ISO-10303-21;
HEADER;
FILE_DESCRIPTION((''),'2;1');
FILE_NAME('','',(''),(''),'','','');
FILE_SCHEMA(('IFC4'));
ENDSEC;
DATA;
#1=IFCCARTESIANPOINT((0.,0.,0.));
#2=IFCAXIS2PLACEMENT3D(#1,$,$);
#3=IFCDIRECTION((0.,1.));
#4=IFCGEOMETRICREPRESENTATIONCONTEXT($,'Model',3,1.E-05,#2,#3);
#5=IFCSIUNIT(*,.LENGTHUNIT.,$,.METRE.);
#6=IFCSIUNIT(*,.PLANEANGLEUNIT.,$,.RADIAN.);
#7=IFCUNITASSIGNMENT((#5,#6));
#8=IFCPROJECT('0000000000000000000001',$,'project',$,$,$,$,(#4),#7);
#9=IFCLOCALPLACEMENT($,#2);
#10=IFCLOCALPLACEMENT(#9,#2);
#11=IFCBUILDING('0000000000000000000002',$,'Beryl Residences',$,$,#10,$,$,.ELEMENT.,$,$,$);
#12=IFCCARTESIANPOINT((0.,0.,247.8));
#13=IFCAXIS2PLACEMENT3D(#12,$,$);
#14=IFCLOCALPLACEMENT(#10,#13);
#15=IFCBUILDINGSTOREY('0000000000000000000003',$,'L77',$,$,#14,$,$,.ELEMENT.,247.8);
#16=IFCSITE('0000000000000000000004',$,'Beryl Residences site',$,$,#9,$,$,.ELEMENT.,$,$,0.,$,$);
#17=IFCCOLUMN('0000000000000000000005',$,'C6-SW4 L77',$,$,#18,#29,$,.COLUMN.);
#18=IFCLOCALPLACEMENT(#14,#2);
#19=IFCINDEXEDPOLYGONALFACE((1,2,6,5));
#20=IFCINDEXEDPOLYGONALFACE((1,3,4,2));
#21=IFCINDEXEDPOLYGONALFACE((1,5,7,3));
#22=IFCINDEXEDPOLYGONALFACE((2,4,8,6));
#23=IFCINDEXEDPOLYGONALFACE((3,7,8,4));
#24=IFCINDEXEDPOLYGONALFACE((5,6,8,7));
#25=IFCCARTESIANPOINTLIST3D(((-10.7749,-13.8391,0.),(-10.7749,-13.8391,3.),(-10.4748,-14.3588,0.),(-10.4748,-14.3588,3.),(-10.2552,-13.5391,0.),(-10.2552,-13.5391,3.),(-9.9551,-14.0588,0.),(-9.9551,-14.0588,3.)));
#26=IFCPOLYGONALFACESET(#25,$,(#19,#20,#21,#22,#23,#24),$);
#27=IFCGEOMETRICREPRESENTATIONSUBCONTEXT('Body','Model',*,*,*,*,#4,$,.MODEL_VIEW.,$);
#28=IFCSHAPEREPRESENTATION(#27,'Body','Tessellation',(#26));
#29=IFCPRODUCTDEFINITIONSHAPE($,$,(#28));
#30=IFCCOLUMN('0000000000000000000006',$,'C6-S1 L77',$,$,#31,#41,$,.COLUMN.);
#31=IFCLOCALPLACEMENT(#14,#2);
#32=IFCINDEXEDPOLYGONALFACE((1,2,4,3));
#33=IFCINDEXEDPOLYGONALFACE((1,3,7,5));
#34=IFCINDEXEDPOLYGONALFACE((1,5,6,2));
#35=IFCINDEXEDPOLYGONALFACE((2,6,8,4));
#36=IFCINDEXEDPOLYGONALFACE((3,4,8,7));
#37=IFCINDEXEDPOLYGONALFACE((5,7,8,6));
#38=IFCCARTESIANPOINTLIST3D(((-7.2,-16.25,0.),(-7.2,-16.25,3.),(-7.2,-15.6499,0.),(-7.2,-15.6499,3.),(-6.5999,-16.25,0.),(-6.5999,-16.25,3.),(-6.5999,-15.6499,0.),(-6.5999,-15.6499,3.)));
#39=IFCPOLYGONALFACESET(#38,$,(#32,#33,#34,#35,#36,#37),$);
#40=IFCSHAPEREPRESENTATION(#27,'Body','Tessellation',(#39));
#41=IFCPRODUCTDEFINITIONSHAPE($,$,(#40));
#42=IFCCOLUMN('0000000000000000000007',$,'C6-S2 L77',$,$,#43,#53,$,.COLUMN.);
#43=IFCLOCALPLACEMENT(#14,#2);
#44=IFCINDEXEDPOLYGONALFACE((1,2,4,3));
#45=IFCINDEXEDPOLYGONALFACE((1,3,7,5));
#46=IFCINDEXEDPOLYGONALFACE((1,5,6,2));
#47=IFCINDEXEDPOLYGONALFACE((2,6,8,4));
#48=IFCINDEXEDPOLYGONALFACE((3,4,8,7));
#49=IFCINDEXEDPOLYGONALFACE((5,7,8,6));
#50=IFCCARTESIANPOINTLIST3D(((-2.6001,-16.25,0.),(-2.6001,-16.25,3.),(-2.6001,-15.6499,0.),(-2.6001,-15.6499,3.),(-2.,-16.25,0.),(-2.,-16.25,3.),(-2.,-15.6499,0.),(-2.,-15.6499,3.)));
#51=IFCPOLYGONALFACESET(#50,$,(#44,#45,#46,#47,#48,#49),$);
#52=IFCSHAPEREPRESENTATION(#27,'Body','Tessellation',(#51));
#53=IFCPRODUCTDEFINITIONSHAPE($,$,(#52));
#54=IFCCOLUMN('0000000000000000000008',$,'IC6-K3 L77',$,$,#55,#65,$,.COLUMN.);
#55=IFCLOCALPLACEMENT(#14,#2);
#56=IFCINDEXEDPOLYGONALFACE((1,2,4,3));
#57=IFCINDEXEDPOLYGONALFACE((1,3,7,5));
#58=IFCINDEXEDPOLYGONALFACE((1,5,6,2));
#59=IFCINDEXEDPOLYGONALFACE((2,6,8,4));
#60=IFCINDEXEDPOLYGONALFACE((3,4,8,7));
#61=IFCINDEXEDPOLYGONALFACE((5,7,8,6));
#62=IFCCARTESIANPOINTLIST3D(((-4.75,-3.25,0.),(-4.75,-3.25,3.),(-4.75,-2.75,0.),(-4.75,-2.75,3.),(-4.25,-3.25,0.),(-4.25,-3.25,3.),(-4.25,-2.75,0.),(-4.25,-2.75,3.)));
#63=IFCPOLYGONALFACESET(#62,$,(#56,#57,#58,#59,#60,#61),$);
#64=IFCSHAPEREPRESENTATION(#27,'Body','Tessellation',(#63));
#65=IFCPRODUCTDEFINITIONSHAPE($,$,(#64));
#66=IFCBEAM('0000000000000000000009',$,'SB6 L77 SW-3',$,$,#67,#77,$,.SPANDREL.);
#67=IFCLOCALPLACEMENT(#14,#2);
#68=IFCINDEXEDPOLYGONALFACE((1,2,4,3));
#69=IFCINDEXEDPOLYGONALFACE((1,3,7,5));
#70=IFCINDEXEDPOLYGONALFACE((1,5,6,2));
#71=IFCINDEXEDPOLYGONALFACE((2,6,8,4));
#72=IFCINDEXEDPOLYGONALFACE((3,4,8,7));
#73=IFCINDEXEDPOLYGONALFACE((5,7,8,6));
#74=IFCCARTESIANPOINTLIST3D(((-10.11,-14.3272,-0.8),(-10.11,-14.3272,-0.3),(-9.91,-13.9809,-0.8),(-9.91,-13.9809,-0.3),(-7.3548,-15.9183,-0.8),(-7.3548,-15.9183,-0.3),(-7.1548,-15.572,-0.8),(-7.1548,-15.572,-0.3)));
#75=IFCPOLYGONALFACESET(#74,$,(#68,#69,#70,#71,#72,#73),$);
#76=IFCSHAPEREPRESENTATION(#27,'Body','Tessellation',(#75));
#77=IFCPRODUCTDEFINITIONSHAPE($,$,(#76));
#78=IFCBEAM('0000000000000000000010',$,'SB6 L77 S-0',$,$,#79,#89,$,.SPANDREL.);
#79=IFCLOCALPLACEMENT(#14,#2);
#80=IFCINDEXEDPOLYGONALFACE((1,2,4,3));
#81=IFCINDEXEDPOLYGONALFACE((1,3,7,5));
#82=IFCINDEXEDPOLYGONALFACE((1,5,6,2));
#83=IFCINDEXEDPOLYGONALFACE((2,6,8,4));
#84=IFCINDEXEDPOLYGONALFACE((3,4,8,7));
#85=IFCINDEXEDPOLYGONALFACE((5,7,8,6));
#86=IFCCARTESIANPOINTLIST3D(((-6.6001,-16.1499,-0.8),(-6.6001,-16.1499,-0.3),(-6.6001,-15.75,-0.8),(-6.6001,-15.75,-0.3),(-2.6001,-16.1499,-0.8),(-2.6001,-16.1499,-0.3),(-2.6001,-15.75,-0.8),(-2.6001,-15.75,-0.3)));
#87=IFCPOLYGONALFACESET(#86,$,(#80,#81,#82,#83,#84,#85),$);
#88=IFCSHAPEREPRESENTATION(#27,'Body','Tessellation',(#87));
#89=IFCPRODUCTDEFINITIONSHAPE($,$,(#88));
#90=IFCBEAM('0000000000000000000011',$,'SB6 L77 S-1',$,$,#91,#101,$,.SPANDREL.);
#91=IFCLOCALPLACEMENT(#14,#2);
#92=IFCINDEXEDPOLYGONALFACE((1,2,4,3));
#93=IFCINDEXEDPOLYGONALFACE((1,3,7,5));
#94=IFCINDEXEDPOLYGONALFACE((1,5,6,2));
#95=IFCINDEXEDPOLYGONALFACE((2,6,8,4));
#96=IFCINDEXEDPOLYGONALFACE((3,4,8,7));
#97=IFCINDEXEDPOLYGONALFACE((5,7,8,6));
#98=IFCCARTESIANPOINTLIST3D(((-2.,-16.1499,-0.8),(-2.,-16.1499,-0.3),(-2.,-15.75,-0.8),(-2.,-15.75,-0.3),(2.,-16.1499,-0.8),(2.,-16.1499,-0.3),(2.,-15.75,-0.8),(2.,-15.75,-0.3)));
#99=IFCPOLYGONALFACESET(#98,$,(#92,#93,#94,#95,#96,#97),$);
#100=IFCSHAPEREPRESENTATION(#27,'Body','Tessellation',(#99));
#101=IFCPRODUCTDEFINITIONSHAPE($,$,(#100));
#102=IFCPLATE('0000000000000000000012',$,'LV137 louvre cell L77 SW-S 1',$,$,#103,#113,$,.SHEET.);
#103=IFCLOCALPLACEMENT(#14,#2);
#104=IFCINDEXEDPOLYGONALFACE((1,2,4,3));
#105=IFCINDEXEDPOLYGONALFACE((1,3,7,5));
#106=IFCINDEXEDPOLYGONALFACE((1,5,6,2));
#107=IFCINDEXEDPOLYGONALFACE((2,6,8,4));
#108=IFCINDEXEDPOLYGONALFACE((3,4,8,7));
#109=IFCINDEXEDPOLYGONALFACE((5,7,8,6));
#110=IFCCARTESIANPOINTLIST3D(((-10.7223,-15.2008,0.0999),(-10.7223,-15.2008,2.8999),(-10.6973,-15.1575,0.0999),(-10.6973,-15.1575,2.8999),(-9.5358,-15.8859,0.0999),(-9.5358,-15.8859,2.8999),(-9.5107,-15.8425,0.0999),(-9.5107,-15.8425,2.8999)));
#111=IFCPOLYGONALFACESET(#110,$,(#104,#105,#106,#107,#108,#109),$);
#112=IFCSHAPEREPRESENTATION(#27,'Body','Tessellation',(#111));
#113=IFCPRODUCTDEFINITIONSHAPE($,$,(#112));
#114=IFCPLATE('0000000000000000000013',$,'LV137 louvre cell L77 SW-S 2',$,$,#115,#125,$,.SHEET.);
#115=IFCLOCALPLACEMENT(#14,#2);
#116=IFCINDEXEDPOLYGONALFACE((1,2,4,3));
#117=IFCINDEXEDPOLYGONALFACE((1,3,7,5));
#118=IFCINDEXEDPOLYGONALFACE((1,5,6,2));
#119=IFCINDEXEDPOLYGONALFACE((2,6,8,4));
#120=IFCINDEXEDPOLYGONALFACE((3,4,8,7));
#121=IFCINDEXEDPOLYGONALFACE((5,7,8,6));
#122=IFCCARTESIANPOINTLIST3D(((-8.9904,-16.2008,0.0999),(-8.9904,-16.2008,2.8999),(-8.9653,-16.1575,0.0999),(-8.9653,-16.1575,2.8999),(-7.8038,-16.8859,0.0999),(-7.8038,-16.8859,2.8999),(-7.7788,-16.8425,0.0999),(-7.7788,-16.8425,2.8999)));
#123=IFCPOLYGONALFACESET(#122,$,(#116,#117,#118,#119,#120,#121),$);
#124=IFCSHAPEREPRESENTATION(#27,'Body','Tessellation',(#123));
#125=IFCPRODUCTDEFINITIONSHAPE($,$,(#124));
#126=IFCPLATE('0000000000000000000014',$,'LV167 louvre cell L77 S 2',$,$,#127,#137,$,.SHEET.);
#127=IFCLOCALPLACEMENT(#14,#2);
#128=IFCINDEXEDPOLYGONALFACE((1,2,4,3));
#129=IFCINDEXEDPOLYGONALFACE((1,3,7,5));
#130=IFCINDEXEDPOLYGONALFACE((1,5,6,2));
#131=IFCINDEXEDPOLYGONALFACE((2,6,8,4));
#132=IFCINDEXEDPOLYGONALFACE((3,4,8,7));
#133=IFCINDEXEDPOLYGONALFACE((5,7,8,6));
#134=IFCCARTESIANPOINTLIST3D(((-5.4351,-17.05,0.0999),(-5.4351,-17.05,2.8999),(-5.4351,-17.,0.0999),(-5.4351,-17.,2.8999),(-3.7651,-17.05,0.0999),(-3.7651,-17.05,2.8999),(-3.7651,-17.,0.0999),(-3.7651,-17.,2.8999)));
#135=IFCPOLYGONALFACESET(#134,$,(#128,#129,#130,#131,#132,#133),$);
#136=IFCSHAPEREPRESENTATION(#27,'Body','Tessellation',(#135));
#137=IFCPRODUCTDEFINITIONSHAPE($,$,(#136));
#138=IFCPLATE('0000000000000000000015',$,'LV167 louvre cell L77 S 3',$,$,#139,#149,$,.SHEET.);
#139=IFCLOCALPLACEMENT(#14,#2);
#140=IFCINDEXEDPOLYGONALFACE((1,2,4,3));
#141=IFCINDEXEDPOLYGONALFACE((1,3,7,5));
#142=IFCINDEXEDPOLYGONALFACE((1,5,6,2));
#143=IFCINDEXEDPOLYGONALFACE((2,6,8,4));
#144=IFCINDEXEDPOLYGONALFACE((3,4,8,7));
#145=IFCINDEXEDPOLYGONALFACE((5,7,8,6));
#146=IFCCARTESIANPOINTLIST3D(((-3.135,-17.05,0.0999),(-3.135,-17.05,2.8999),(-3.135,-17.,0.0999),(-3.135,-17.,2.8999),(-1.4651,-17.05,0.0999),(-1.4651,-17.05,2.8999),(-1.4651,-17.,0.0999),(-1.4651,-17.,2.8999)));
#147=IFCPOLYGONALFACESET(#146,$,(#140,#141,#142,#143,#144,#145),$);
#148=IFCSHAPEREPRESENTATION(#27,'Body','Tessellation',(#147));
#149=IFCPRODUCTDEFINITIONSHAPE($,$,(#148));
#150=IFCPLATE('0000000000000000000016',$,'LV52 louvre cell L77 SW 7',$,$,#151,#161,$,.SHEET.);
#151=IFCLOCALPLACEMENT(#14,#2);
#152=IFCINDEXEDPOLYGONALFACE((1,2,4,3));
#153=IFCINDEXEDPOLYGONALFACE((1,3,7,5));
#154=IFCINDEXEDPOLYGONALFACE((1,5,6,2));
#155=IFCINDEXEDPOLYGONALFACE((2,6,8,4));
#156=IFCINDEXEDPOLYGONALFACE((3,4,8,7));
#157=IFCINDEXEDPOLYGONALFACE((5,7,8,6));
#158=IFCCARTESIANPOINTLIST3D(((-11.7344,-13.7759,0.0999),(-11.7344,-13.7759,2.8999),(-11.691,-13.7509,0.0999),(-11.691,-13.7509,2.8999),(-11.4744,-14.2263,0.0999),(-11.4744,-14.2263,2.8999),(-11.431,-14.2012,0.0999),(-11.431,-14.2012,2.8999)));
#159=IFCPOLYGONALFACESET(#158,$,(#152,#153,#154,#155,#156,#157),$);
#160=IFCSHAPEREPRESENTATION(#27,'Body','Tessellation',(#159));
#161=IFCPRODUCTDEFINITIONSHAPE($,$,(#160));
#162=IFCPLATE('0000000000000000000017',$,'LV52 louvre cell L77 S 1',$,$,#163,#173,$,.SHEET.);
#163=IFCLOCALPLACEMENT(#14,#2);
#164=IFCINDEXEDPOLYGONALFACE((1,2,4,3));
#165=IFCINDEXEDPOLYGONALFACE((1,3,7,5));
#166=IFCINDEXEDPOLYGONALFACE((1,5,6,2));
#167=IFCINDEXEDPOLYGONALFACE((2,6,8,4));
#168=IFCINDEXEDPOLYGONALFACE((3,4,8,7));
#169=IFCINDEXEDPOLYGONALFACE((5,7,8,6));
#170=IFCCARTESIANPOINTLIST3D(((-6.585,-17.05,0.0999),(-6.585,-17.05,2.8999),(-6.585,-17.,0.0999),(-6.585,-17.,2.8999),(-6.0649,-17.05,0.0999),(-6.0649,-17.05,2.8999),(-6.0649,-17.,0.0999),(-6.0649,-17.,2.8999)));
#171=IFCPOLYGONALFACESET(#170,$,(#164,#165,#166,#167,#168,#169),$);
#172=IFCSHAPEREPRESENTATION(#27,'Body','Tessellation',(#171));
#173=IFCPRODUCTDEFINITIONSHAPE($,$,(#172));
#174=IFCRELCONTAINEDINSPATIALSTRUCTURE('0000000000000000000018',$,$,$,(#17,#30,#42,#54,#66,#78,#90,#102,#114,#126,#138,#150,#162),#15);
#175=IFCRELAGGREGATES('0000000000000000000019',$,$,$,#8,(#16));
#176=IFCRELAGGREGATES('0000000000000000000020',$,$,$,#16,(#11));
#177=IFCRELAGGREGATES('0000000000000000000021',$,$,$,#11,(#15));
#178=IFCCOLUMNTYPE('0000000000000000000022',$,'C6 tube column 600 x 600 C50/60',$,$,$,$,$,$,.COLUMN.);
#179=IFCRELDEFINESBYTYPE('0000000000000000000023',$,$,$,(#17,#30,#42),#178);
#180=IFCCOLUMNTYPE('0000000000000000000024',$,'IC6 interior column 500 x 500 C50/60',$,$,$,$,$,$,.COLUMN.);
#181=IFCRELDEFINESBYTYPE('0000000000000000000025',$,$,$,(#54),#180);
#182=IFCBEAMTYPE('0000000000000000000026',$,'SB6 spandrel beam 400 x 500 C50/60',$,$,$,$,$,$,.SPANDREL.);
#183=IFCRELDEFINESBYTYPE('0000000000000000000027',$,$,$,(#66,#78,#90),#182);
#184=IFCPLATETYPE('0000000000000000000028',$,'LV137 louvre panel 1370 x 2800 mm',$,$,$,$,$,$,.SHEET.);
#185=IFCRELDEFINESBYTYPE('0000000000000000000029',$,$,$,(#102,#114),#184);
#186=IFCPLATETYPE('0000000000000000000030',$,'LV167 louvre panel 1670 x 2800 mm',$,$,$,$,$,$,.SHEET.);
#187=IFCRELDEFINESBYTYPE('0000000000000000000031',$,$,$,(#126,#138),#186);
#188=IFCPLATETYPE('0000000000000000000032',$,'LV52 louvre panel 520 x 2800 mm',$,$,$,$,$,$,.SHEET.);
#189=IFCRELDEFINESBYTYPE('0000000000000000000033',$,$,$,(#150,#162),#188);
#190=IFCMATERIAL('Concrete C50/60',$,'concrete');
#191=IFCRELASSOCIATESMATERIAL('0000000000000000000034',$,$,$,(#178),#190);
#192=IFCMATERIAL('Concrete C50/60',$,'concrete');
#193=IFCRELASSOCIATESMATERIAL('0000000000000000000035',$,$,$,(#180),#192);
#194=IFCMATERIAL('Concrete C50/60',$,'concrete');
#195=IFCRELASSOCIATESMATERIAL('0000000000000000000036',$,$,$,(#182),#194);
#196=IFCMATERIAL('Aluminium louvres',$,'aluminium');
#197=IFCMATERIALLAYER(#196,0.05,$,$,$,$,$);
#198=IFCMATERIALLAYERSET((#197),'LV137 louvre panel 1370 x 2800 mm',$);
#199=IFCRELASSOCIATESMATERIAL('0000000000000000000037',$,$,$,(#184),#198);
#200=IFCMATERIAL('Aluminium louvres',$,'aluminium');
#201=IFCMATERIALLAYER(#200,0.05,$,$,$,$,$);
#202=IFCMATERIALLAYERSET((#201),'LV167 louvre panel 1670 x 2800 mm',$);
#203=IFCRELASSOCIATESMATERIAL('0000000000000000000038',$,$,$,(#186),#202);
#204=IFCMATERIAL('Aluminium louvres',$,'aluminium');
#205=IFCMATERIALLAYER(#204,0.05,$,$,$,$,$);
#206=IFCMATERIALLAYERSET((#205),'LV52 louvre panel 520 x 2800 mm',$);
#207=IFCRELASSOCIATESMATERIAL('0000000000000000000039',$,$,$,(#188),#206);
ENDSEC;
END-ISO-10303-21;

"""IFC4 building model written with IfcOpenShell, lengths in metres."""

from ifc_helpers import new_model, si_unit, direction, frame, origin, origin_2d, place, context, subcontext, project, spatial, polyline, rectangle, outline, extrude, source, transform, mapped, material, layer, layer_set, material_profile, profile_set, type_object, type_shapes, element, save


model = new_model("IFC4")

# Units and contexts
model_context = context("Model", 3, precision=1e-05, world=origin(), true_north=direction((0.0, 1.0)))
body_context = subcontext(model_context, "Body", "Model", "MODEL_VIEW")
ifc_project = project(units=[si_unit("LENGTHUNIT", "METRE"), si_unit("PLANEANGLEUNIT", "RADIAN")], contexts=[model_context])

# Site, building, storey
site_placement = place(None, origin())
site = spatial("IfcSite", under=ifc_project, at=site_placement, Name="Beryl Residences site", CompositionType="ELEMENT", RefElevation=0.0)
building_placement = place(site_placement, origin())
building = spatial("IfcBuilding", under=site, at=building_placement, Name="Beryl Residences", CompositionType="ELEMENT")
storey_placement = place(building_placement, frame((0.0, 0.0, 247.8)))
storey = spatial("IfcBuildingStorey", under=building, at=storey_placement, Name="L77", CompositionType="ELEMENT", Elevation=247.8)

# Columns
ifc_material_1 = material(Name="Concrete C50/60", Category="concrete")
ifc_material_profile_1 = material_profile(ifc_material_1, rectangle(XDim=0.6001, YDim=0.6001, at=origin_2d()))
ifc_profile_set_1 = profile_set([ifc_material_profile_1], Name="Concrete C50/60")
column_type_1 = type_object("IfcColumnType", Name="C6 tube column 600 x 600 C50/60", PredefinedType="COLUMN", material=ifc_profile_set_1)
for number, where, z_axis, x_axis, name in (
    (1, (-10.365, -13.949, 0.0), (0.0, 0.0, 1.0), (0.5, -0.866025, 0.0), "C6-SW4 L77"),
    (2, (-6.8999, -15.95, 0.0), (0.0, 0.0, 1.0), (1.0, 0.0, 0.0), "C6-S1 L77"),
    (3, (-2.3, -15.95, 0.0), (0.0, 0.0, 1.0), (1.0, 0.0, 0.0), "C6-S2 L77"),
):
    element("IfcColumn", number, at=place(storey_placement, frame(where, z_axis=z_axis, x_axis=x_axis)), inside=storey, type_object=column_type_1, Name=name, PredefinedType="COLUMN", context=body_context, shape_type="SweptSolid", body=[
        extrude(rectangle(XDim=0.6001, YDim=0.6001, at=origin_2d()), origin(), (0.0, 0.0, 1.0), 3.0),
    ])
ifc_material_2 = material(Name="Concrete C50/60", Category="concrete")
ifc_material_profile_2 = material_profile(ifc_material_2, rectangle(XDim=0.5, YDim=0.5, at=origin_2d()))
ifc_profile_set_2 = profile_set([ifc_material_profile_2], Name="Concrete C50/60")
column_type_2 = type_object("IfcColumnType", Name="IC6 interior column 500 x 500 C50/60", PredefinedType="COLUMN", material=ifc_profile_set_2)
column_placement = place(storey_placement, frame((-4.5, -3.0, 0.0), z_axis=(0.0, 0.0, 1.0), x_axis=(1.0, 0.0, 0.0)))
element("IfcColumn", 4, at=column_placement, inside=storey, type_object=column_type_2, Name="IC6-K3 L77", PredefinedType="COLUMN", context=body_context, shape_type="SweptSolid", body=[
    extrude(rectangle(XDim=0.5, YDim=0.5, at=origin_2d()), origin(), (0.0, 0.0, 1.0), 3.0),
])

# Beams
ifc_material_3 = material(Name="Concrete C50/60", Category="concrete")
ifc_material_profile_3 = material_profile(ifc_material_3, rectangle(XDim=0.3999, YDim=0.5, at=origin_2d()))
ifc_profile_set_3 = profile_set([ifc_material_profile_3], Name="Concrete C50/60")
beam_type = type_object("IfcBeamType", Name="SB6 spandrel beam 400 x 500 C50/60", PredefinedType="SPANDREL", material=ifc_profile_set_3)
beam_placement = place(storey_placement, frame((-10.01, -14.1541, -0.55), z_axis=(0.865972, -0.500092, 0.0), x_axis=(0.500092, 0.865972, 0.0)))
element("IfcBeam", 5, at=beam_placement, inside=storey, type_object=beam_type, Name="SB6 L77 SW-3", PredefinedType="SPANDREL", context=body_context, shape_type="SweptSolid", body=[
    extrude(rectangle(XDim=0.3999, YDim=0.5, at=origin_2d()), origin(), (0.0, 0.0, 1.0), 3.1816),
])
for number, where, z_axis, x_axis, name in (
    (6, (-6.6001, -15.95, -0.55), (1.0, 0.0, 0.0), (0.0, 1.0, 0.0), "SB6 L77 S-0"),
    (7, (-2.0, -15.95, -0.55), (1.0, 0.0, 0.0), (0.0, 1.0, 0.0), "SB6 L77 S-1"),
):
    element("IfcBeam", number, at=place(storey_placement, frame(where, z_axis=z_axis, x_axis=x_axis)), inside=storey, type_object=beam_type, Name=name, PredefinedType="SPANDREL", context=body_context, shape_type="SweptSolid", body=[
        extrude(rectangle(XDim=0.3999, YDim=0.5, at=origin_2d()), origin(), (0.0, 0.0, 1.0), 4.0),
    ])

# Plates
ifc_material_4 = material(Name="Aluminium louvres", Category="aluminium")
ifc_layer_1 = layer(ifc_material_4, 0.05)
ifc_layer_set_1 = layer_set([ifc_layer_1], Name="LV137 louvre panel 1370 x 2800 mm")
plate_type_1 = type_object("IfcPlateType", Name="LV137 louvre panel 1370 x 2800 mm", PredefinedType="SHEET", material=ifc_layer_set_1)
shared_shape_1 = source(origin(), body_context, "Body", "SweptSolid", [
    extrude(outline(polyline([(-0.6851, 0.0), (0.6851, 0.0), (0.6851, 0.05), (-0.6851, 0.05), (-0.6851, 0.0)])), origin(), (0.0, 0.0, 1.0), 2.8),
])
type_shapes(plate_type_1, [shared_shape_1])
for number, where, z_axis, x_axis, name in (
    (8, (-10.104, -15.5, 0.0999), (0.0, 0.0, 1.0), (-0.866025, 0.5, 0.0), "LV137 louvre cell L77 SW-S 1"),
    (9, (-8.3721, -16.5, 0.0999), (0.0, 0.0, 1.0), (-0.866025, 0.5, 0.0), "LV137 louvre cell L77 SW-S 2"),
):
    element("IfcPlate", number, at=place(storey_placement, frame(where, z_axis=z_axis, x_axis=x_axis)), inside=storey, type_object=plate_type_1, Name=name, PredefinedType="SHEET", context=body_context, shape_type="MappedRepresentation", body=[
        mapped(shared_shape_1, transform((0.0, 0.0, 0.0))),
    ])
ifc_material_5 = material(Name="Aluminium louvres", Category="aluminium")
ifc_layer_2 = layer(ifc_material_5, 0.05)
ifc_layer_set_2 = layer_set([ifc_layer_2], Name="LV167 louvre panel 1670 x 2800 mm")
plate_type_2 = type_object("IfcPlateType", Name="LV167 louvre panel 1670 x 2800 mm", PredefinedType="SHEET", material=ifc_layer_set_2)
shared_shape_2 = source(origin(), body_context, "Body", "SweptSolid", [
    extrude(outline(polyline([(-0.835, 0.0), (0.835, 0.0), (0.835, 0.05), (-0.835, 0.05), (-0.835, 0.0)])), origin(), (0.0, 0.0, 1.0), 2.8),
])
type_shapes(plate_type_2, [shared_shape_2])
for number, where, z_axis, x_axis, name in (
    (10, (-4.6001, -17.0, 0.0999), (0.0, 0.0, 1.0), (-1.0, 0.0, 0.0), "LV167 louvre cell L77 S 2"),
    (11, (-2.3, -17.0, 0.0999), (0.0, 0.0, 1.0), (-1.0, 0.0, 0.0), "LV167 louvre cell L77 S 3"),
):
    element("IfcPlate", number, at=place(storey_placement, frame(where, z_axis=z_axis, x_axis=x_axis)), inside=storey, type_object=plate_type_2, Name=name, PredefinedType="SHEET", context=body_context, shape_type="MappedRepresentation", body=[
        mapped(shared_shape_2, transform((0.0, 0.0, 0.0))),
    ])
ifc_material_6 = material(Name="Aluminium louvres", Category="aluminium")
ifc_layer_3 = layer(ifc_material_6, 0.05)
ifc_layer_set_3 = layer_set([ifc_layer_3], Name="LV52 louvre panel 520 x 2800 mm")
plate_type_3 = type_object("IfcPlateType", Name="LV52 louvre panel 520 x 2800 mm", PredefinedType="SHEET", material=ifc_layer_set_3)
shared_shape_3 = source(origin(), body_context, "Body", "SweptSolid", [
    extrude(outline(polyline([(-0.26, 0.0), (0.26, 0.0), (0.26, 0.05), (-0.26, 0.05), (-0.26, 0.0)])), origin(), (0.0, 0.0, 1.0), 2.8),
])
type_shapes(plate_type_3, [shared_shape_3])
for number, where, z_axis, x_axis, name in (
    (12, (-11.561, -13.9761, 0.0999), (0.0, 0.0, 1.0), (-0.5, 0.866025, 0.0), "LV52 louvre cell L77 SW 7"),
    (13, (-6.325, -17.0, 0.0999), (0.0, 0.0, 1.0), (-1.0, 0.0, 0.0), "LV52 louvre cell L77 S 1"),
):
    element("IfcPlate", number, at=place(storey_placement, frame(where, z_axis=z_axis, x_axis=x_axis)), inside=storey, type_object=plate_type_3, Name=name, PredefinedType="SHEET", context=body_context, shape_type="MappedRepresentation", body=[
        mapped(shared_shape_3, transform((0.0, 0.0, 0.0))),
    ])

save(model, "model.ifc")
